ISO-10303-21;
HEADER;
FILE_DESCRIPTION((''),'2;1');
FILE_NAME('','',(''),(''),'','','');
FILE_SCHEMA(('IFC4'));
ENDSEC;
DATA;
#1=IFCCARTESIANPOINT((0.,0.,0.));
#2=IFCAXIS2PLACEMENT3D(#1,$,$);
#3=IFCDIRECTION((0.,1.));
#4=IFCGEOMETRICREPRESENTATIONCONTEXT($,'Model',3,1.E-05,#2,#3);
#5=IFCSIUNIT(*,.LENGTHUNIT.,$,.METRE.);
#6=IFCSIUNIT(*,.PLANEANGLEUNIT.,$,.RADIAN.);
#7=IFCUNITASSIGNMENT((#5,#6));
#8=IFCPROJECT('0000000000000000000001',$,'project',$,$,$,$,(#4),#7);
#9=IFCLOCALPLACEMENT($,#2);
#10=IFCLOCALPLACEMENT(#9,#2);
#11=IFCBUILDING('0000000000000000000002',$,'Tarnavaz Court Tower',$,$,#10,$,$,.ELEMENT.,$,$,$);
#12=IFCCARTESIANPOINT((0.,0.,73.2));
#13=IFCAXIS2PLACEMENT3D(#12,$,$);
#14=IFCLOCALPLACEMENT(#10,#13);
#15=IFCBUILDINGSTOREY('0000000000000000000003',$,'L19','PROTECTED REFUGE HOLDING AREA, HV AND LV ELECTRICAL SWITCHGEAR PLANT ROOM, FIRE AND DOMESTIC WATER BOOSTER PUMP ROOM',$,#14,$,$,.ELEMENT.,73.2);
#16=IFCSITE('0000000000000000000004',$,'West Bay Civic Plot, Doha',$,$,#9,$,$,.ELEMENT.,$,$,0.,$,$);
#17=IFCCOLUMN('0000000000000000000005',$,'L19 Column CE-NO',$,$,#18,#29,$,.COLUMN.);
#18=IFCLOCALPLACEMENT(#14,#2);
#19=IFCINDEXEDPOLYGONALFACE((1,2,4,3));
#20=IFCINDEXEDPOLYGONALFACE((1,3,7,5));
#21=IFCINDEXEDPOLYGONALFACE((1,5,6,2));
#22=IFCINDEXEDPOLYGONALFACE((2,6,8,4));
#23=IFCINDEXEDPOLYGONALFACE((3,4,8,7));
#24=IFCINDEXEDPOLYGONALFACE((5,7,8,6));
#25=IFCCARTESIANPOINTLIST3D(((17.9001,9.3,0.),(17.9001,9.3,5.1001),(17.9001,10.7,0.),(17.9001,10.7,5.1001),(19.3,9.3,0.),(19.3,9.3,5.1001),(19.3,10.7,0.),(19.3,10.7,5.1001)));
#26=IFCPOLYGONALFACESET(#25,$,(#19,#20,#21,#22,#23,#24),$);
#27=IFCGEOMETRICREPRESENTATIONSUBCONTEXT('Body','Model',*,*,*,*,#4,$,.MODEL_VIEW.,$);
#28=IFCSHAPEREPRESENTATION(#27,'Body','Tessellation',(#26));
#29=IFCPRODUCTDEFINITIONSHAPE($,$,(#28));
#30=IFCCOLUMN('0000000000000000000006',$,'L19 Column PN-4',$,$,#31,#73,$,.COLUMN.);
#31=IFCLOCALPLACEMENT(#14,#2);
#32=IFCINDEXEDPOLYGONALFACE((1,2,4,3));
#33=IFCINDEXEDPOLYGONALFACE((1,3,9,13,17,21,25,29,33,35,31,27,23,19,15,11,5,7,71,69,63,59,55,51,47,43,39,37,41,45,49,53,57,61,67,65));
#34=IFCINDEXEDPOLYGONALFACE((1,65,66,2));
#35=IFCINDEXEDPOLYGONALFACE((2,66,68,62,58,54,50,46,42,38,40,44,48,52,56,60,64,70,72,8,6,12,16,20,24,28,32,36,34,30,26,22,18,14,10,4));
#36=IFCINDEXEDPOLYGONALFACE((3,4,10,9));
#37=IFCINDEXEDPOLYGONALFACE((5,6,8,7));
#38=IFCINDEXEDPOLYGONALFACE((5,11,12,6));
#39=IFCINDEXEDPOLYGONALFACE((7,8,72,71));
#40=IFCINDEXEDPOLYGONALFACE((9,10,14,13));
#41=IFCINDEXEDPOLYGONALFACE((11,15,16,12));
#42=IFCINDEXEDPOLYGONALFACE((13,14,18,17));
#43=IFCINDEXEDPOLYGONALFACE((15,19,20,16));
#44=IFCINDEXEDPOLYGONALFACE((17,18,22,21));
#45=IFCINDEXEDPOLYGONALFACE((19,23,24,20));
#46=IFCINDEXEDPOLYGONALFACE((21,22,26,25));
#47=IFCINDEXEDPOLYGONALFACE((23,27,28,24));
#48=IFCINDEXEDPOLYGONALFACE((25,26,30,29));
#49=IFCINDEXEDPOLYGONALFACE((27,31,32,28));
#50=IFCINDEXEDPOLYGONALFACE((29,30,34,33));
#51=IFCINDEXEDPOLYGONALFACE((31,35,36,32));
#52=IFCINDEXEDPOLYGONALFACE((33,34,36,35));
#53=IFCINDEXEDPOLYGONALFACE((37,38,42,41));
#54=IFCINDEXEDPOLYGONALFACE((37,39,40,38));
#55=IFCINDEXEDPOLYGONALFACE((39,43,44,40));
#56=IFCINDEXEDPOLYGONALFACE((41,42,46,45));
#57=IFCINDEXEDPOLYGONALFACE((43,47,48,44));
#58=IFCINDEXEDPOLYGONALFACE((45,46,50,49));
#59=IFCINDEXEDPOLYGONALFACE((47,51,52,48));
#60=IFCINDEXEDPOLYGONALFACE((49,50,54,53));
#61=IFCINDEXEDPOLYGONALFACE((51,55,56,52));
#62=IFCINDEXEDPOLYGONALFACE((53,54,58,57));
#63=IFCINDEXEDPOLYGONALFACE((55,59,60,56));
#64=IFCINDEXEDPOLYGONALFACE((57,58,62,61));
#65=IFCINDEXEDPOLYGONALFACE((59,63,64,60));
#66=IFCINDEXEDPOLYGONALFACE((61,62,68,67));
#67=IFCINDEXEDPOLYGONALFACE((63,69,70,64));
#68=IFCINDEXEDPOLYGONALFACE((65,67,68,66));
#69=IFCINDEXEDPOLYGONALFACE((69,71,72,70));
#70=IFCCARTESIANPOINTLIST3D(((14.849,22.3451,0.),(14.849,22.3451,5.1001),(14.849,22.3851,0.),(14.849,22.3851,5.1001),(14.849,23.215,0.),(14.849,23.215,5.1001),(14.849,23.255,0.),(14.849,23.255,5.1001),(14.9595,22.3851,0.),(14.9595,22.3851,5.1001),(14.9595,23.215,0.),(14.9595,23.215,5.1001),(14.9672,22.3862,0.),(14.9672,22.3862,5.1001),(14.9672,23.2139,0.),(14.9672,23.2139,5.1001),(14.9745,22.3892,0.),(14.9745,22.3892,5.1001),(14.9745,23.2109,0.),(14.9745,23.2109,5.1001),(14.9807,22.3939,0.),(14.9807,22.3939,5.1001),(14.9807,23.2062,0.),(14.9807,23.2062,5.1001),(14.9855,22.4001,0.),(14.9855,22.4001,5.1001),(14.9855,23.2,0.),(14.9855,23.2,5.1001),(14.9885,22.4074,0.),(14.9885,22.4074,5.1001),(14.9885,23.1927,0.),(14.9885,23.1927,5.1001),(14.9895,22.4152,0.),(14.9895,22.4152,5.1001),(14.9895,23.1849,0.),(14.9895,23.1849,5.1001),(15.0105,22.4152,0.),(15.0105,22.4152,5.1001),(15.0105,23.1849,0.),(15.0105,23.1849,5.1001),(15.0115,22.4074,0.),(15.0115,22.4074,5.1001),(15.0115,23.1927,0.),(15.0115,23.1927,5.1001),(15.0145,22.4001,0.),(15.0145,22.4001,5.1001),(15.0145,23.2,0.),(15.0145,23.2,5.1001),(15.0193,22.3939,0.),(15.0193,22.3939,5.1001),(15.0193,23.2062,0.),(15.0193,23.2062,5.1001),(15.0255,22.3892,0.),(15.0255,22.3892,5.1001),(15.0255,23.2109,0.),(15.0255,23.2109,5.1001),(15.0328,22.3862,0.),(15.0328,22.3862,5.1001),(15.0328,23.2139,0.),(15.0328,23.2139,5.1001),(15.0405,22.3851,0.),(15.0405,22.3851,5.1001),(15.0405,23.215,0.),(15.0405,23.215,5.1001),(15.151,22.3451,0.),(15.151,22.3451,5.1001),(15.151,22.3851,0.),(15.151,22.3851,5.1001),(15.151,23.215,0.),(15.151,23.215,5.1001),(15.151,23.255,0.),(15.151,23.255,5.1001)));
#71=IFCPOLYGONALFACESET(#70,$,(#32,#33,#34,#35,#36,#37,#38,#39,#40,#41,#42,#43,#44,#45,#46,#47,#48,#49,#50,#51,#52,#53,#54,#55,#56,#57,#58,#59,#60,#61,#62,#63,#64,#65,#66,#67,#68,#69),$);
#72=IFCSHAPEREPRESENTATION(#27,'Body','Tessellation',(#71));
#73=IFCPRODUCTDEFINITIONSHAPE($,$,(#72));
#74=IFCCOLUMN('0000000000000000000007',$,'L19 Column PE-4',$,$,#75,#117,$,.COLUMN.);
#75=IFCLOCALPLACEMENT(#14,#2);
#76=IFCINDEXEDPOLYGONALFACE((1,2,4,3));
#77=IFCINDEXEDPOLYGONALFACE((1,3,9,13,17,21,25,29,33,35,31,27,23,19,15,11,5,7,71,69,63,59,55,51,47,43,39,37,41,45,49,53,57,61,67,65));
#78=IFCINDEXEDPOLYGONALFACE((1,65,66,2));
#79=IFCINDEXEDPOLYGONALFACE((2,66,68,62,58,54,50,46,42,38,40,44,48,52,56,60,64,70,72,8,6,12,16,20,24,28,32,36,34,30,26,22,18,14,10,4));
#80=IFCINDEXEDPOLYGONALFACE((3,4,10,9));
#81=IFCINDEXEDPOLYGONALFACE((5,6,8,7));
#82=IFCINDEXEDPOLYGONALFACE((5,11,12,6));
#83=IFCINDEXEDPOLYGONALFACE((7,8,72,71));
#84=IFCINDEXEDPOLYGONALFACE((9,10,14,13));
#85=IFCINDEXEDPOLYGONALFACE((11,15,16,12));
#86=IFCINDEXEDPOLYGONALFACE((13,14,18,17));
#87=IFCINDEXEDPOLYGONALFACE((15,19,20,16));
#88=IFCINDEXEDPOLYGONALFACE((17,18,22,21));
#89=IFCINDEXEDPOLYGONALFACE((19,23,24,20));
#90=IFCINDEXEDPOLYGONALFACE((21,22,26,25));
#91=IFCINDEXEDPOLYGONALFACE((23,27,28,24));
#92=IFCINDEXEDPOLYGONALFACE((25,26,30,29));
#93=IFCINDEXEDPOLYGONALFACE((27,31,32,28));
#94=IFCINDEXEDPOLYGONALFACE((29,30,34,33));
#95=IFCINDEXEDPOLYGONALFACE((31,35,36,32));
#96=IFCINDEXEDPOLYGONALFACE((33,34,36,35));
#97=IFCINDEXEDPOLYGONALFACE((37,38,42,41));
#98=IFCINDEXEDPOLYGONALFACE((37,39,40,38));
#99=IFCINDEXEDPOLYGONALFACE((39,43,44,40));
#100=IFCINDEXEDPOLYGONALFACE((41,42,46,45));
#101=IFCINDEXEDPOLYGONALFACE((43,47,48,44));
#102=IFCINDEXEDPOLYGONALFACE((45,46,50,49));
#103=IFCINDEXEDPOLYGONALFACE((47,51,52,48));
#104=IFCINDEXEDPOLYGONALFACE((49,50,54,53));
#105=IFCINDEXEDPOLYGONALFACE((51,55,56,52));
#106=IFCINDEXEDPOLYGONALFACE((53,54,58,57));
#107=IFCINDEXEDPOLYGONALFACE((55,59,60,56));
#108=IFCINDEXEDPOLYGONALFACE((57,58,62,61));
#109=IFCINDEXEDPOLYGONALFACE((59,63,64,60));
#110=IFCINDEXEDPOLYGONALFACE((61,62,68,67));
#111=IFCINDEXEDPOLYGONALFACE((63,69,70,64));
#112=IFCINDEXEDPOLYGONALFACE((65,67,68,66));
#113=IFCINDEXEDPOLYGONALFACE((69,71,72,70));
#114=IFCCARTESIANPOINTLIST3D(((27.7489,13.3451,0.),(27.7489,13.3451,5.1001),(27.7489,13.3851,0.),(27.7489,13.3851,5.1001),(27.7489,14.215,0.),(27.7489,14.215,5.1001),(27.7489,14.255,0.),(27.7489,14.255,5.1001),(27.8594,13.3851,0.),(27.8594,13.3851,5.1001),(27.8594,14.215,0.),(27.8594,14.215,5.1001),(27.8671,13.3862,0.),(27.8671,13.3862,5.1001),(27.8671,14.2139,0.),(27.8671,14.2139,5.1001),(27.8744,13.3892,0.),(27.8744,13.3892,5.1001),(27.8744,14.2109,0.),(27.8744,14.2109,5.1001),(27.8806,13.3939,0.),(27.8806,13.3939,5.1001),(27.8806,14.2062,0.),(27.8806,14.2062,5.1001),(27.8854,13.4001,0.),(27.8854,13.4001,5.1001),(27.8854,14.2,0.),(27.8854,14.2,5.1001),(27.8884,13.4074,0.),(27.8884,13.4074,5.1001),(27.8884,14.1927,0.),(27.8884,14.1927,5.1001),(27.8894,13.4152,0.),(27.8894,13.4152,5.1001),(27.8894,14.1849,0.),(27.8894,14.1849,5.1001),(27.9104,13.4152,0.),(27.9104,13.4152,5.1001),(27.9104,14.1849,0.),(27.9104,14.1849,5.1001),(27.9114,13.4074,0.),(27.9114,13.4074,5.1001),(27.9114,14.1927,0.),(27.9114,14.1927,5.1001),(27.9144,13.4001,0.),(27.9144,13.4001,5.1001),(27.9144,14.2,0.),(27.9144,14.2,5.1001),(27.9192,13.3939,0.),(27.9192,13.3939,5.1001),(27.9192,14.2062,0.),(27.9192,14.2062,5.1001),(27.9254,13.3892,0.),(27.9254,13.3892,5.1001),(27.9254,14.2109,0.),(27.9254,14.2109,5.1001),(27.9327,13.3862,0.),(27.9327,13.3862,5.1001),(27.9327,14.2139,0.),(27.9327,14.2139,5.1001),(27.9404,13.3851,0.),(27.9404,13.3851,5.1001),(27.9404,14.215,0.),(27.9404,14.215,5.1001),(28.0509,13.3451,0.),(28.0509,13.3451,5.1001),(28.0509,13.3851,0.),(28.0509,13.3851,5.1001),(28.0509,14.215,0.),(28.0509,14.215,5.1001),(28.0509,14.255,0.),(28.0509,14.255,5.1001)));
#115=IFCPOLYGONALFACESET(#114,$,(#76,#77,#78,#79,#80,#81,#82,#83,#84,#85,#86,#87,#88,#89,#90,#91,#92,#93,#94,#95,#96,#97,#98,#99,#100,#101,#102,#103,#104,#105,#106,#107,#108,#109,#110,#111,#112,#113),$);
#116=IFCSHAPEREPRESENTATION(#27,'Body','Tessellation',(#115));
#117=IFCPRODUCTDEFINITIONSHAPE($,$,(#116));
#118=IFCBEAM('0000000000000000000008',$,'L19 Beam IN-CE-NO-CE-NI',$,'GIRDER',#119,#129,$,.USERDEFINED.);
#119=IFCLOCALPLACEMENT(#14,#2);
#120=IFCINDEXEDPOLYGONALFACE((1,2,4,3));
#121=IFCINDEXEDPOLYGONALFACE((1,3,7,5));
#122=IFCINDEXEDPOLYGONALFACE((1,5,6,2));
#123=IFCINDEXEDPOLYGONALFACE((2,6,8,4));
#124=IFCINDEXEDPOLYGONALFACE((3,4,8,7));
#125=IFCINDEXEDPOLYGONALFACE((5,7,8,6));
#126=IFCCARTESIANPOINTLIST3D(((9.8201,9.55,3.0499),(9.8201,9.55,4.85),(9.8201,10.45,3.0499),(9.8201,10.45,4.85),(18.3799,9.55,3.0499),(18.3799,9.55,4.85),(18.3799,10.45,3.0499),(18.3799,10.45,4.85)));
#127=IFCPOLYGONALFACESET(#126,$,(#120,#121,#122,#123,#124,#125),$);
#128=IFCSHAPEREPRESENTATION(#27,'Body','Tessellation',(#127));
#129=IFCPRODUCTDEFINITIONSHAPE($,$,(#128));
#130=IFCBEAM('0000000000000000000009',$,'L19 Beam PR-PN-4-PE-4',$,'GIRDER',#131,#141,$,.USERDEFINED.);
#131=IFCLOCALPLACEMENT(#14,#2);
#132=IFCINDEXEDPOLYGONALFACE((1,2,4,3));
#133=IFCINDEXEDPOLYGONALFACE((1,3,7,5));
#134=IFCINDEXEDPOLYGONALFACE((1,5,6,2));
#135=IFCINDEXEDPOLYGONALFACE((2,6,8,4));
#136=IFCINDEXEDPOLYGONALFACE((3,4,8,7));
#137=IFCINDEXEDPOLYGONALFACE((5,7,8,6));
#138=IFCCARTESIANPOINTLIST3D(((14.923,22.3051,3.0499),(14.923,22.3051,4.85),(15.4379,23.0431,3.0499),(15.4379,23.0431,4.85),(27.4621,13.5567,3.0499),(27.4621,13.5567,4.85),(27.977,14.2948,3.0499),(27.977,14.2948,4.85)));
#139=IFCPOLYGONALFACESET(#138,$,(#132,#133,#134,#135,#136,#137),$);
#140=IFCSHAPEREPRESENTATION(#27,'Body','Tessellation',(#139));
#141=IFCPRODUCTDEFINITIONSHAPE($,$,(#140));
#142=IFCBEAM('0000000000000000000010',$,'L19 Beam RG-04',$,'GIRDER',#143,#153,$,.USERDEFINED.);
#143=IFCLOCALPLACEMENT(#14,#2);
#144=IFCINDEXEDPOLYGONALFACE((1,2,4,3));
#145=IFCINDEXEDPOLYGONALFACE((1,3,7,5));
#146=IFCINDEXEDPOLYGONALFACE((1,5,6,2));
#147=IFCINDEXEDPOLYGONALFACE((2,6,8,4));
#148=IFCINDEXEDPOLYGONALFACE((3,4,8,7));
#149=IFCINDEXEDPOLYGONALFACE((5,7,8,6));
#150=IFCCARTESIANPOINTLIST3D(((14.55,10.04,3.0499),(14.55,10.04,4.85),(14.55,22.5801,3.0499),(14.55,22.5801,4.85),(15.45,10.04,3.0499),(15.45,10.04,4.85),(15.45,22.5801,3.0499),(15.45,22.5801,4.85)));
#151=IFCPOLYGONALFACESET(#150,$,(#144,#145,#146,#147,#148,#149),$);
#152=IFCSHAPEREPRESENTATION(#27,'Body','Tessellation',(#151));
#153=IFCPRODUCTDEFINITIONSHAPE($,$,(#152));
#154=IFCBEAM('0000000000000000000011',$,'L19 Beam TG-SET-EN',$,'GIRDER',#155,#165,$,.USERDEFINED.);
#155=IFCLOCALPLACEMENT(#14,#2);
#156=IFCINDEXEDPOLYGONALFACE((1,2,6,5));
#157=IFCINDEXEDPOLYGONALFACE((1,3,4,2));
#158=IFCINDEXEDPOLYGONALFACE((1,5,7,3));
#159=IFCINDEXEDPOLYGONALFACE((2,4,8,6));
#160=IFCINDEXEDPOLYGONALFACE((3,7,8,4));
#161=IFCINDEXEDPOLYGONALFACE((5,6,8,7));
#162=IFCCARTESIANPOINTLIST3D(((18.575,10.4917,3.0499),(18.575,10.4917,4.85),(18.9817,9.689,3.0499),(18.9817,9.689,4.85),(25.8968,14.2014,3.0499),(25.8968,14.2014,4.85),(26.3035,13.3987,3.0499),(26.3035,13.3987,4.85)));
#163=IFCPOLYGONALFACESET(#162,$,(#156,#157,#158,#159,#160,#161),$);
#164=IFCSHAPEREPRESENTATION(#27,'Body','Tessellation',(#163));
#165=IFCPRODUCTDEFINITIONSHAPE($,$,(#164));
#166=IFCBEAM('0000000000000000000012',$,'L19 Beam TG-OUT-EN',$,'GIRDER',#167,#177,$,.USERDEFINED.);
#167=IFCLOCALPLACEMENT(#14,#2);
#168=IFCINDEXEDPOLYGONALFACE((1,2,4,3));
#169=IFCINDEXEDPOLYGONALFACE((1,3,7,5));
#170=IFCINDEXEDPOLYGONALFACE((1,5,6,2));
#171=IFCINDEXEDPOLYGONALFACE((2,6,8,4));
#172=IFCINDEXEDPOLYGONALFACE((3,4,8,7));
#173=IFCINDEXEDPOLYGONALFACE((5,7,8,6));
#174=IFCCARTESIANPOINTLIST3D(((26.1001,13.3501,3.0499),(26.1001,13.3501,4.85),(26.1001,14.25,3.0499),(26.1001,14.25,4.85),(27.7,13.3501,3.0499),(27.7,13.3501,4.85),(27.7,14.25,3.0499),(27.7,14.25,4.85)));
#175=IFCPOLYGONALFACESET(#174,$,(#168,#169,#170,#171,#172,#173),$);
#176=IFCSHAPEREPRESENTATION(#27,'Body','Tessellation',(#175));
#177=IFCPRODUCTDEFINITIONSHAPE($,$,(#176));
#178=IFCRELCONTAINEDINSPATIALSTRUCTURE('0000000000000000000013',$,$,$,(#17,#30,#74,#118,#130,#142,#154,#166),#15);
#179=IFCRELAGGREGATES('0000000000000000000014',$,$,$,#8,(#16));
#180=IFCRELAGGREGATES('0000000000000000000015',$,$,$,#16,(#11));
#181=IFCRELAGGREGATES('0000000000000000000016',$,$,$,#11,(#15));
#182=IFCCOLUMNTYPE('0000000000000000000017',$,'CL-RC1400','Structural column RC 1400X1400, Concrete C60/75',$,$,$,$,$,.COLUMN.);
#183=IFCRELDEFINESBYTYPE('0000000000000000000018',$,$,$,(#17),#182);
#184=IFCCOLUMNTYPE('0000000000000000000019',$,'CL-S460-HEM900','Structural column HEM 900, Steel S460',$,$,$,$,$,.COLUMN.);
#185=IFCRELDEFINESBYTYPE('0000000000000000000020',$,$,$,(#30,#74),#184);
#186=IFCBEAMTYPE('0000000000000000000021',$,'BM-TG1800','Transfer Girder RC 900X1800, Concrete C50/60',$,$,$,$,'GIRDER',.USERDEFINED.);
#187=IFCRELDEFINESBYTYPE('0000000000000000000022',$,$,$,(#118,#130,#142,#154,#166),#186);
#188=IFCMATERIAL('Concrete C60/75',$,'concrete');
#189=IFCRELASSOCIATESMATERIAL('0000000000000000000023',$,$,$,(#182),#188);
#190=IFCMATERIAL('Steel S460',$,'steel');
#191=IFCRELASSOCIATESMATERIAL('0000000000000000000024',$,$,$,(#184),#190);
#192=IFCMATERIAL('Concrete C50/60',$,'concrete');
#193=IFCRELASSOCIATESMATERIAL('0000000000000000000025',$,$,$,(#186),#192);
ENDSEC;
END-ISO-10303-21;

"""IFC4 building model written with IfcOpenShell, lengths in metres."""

from ifc_helpers import new_model, si_unit, direction, frame, origin, origin_2d, place, context, subcontext, project, spatial, rectangle, i_section, extrude, material, material_profile, profile_set, type_object, element, save


model = new_model("IFC4")

# Units and contexts
model_context = context("Model", 3, precision=1e-05, world=origin(), true_north=direction((0.0, 1.0)))
body_context = subcontext(model_context, "Body", "Model", "MODEL_VIEW")
ifc_project = project(units=[si_unit("LENGTHUNIT", "METRE"), si_unit("PLANEANGLEUNIT", "RADIAN")], contexts=[model_context])

# Site, building, storey
site_placement = place(None, origin())
site = spatial("IfcSite", under=ifc_project, at=site_placement, Name="West Bay Civic Plot, Doha", CompositionType="ELEMENT", RefElevation=0.0)
building_placement = place(site_placement, origin())
building = spatial("IfcBuilding", under=site, at=building_placement, Name="Tarnavaz Court Tower", CompositionType="ELEMENT")
storey_placement = place(building_placement, frame((0.0, 0.0, 73.2)))
storey = spatial("IfcBuildingStorey", under=building, at=storey_placement, Name="L19", Description="PROTECTED REFUGE HOLDING AREA, HV AND LV ELECTRICAL SWITCHGEAR PLANT ROOM, FIRE AND DOMESTIC WATER BOOSTER PUMP ROOM", CompositionType="ELEMENT", Elevation=73.2)

# Columns
ifc_material_1 = material(Name="Concrete C60/75", Category="concrete")
ifc_material_profile_1 = material_profile(ifc_material_1, rectangle(XDim=1.3999, YDim=1.3999, at=origin_2d()), Name="RC 1400X1400")
ifc_profile_set_1 = profile_set([ifc_material_profile_1], Name="Concrete C60/75")
column_type_1 = type_object("IfcColumnType", Name="CL-RC1400", Description="Structural column RC 1400X1400, Concrete C60/75", PredefinedType="COLUMN", material=ifc_profile_set_1)
column_placement = place(storey_placement, frame((18.6001, 10.0, 0.0), z_axis=(0.0, 0.0, 1.0), x_axis=(1.0, 0.0, 0.0)))
element("IfcColumn", 1, at=column_placement, inside=storey, type_object=column_type_1, Name="L19 Column CE-NO", PredefinedType="COLUMN", context=body_context, shape_type="SweptSolid", body=[
    extrude(rectangle(XDim=1.3999, YDim=1.3999, at=origin_2d()), origin(), (0.0, 0.0, 1.0), 5.1001),
])
ifc_material_2 = material(Name="Steel S460", Category="steel")
ifc_material_profile_2 = material_profile(ifc_material_2, i_section(OverallWidth=0.302, OverallDepth=0.9099, WebThickness=0.021, FlangeThickness=0.04, FilletRadius=0.03, at=origin_2d()), Name="HEM 900")
ifc_profile_set_2 = profile_set([ifc_material_profile_2], Name="Steel S460")
column_type_2 = type_object("IfcColumnType", Name="CL-S460-HEM900", Description="Structural column HEM 900, Steel S460", PredefinedType="COLUMN", material=ifc_profile_set_2)
for number, where, z_axis, x_axis, name in (
    (2, (15.0, 22.8, 0.0), (0.0, 0.0, 1.0), (1.0, 0.0, 0.0), "L19 Column PN-4"),
    (3, (27.8999, 13.8, 0.0), (0.0, 0.0, 1.0), (1.0, 0.0, 0.0), "L19 Column PE-4"),
):
    element("IfcColumn", number, at=place(storey_placement, frame(where, z_axis=z_axis, x_axis=x_axis)), inside=storey, type_object=column_type_2, Name=name, PredefinedType="COLUMN", context=body_context, shape_type="SweptSolid", body=[
        extrude(i_section(OverallWidth=0.302, OverallDepth=0.9099, WebThickness=0.021, FlangeThickness=0.04, FilletRadius=0.03, at=origin_2d()), origin(), (0.0, 0.0, 1.0), 5.1001),
    ])

# Beams
ifc_material_3 = material(Name="Concrete C50/60", Category="concrete")
ifc_material_profile_3 = material_profile(ifc_material_3, rectangle(XDim=0.8999, YDim=1.8, at=origin_2d()), Name="RC 900X1800")
ifc_profile_set_3 = profile_set([ifc_material_profile_3], Name="Concrete C50/60")
beam_type = type_object("IfcBeamType", Name="BM-TG1800", Description="Transfer Girder RC 900X1800, Concrete C50/60", ElementType="GIRDER", PredefinedType="USERDEFINED", material=ifc_profile_set_3)
beam_1_placement = place(storey_placement, frame((18.3799, 10.0, 3.95), z_axis=(-1.0, 0.0, 0.0), x_axis=(0.0, -1.0, 0.0)))
element("IfcBeam", 4, at=beam_1_placement, inside=storey, type_object=beam_type, Name="L19 Beam IN-CE-NO-CE-NI", ObjectType="GIRDER", PredefinedType="USERDEFINED", context=body_context, shape_type="SweptSolid", body=[
    extrude(rectangle(XDim=0.8999, YDim=1.8, at=origin_2d()), origin(), (0.0, 0.0, 1.0), 8.5598),
])
beam_2_placement = place(storey_placement, frame((15.1804, 22.6741, 3.95), z_axis=(0.820124, -0.572186, 0.0), x_axis=(0.572186, 0.820124, 0.0)))
element("IfcBeam", 5, at=beam_2_placement, inside=storey, type_object=beam_type, Name="L19 Beam PR-PN-4-PE-4", ObjectType="GIRDER", PredefinedType="USERDEFINED", context=body_context, shape_type="SweptSolid", body=[
    extrude(rectangle(XDim=0.8999, YDim=1.8, at=origin_2d()), origin(), (0.0, 0.0, 1.0), 15.2893),
])
beam_3_placement = place(storey_placement, frame((15.0, 10.04, 3.95), z_axis=(0.0, 1.0, 0.0), x_axis=(-1.0, 0.0, 0.0)))
element("IfcBeam", 6, at=beam_3_placement, inside=storey, type_object=beam_type, Name="L19 Beam RG-04", ObjectType="GIRDER", PredefinedType="USERDEFINED", context=body_context, shape_type="SweptSolid", body=[
    extrude(rectangle(XDim=0.8999, YDim=1.8, at=origin_2d()), origin(), (0.0, 0.0, 1.0), 12.54),
])
beam_4_placement = place(storey_placement, frame((18.7783, 10.0903, 3.95), z_axis=(0.892035, 0.451966, 0.0), x_axis=(-0.451966, 0.892035, 0.0)))
element("IfcBeam", 7, at=beam_4_placement, inside=storey, type_object=beam_type, Name="L19 Beam TG-SET-EN", ObjectType="GIRDER", PredefinedType="USERDEFINED", context=body_context, shape_type="SweptSolid", body=[
    extrude(rectangle(XDim=0.8999, YDim=1.8, at=origin_2d()), origin(), (0.0, 0.0, 1.0), 8.208),
])
beam_5_placement = place(storey_placement, frame((26.1001, 13.8, 3.95), z_axis=(1.0, 0.0, 0.0), x_axis=(0.0, 1.0, 0.0)))
element("IfcBeam", 8, at=beam_5_placement, inside=storey, type_object=beam_type, Name="L19 Beam TG-OUT-EN", ObjectType="GIRDER", PredefinedType="USERDEFINED", context=body_context, shape_type="SweptSolid", body=[
    extrude(rectangle(XDim=0.8999, YDim=1.8, at=origin_2d()), origin(), (0.0, 0.0, 1.0), 1.5999),
])

save(model, "model.ifc")
